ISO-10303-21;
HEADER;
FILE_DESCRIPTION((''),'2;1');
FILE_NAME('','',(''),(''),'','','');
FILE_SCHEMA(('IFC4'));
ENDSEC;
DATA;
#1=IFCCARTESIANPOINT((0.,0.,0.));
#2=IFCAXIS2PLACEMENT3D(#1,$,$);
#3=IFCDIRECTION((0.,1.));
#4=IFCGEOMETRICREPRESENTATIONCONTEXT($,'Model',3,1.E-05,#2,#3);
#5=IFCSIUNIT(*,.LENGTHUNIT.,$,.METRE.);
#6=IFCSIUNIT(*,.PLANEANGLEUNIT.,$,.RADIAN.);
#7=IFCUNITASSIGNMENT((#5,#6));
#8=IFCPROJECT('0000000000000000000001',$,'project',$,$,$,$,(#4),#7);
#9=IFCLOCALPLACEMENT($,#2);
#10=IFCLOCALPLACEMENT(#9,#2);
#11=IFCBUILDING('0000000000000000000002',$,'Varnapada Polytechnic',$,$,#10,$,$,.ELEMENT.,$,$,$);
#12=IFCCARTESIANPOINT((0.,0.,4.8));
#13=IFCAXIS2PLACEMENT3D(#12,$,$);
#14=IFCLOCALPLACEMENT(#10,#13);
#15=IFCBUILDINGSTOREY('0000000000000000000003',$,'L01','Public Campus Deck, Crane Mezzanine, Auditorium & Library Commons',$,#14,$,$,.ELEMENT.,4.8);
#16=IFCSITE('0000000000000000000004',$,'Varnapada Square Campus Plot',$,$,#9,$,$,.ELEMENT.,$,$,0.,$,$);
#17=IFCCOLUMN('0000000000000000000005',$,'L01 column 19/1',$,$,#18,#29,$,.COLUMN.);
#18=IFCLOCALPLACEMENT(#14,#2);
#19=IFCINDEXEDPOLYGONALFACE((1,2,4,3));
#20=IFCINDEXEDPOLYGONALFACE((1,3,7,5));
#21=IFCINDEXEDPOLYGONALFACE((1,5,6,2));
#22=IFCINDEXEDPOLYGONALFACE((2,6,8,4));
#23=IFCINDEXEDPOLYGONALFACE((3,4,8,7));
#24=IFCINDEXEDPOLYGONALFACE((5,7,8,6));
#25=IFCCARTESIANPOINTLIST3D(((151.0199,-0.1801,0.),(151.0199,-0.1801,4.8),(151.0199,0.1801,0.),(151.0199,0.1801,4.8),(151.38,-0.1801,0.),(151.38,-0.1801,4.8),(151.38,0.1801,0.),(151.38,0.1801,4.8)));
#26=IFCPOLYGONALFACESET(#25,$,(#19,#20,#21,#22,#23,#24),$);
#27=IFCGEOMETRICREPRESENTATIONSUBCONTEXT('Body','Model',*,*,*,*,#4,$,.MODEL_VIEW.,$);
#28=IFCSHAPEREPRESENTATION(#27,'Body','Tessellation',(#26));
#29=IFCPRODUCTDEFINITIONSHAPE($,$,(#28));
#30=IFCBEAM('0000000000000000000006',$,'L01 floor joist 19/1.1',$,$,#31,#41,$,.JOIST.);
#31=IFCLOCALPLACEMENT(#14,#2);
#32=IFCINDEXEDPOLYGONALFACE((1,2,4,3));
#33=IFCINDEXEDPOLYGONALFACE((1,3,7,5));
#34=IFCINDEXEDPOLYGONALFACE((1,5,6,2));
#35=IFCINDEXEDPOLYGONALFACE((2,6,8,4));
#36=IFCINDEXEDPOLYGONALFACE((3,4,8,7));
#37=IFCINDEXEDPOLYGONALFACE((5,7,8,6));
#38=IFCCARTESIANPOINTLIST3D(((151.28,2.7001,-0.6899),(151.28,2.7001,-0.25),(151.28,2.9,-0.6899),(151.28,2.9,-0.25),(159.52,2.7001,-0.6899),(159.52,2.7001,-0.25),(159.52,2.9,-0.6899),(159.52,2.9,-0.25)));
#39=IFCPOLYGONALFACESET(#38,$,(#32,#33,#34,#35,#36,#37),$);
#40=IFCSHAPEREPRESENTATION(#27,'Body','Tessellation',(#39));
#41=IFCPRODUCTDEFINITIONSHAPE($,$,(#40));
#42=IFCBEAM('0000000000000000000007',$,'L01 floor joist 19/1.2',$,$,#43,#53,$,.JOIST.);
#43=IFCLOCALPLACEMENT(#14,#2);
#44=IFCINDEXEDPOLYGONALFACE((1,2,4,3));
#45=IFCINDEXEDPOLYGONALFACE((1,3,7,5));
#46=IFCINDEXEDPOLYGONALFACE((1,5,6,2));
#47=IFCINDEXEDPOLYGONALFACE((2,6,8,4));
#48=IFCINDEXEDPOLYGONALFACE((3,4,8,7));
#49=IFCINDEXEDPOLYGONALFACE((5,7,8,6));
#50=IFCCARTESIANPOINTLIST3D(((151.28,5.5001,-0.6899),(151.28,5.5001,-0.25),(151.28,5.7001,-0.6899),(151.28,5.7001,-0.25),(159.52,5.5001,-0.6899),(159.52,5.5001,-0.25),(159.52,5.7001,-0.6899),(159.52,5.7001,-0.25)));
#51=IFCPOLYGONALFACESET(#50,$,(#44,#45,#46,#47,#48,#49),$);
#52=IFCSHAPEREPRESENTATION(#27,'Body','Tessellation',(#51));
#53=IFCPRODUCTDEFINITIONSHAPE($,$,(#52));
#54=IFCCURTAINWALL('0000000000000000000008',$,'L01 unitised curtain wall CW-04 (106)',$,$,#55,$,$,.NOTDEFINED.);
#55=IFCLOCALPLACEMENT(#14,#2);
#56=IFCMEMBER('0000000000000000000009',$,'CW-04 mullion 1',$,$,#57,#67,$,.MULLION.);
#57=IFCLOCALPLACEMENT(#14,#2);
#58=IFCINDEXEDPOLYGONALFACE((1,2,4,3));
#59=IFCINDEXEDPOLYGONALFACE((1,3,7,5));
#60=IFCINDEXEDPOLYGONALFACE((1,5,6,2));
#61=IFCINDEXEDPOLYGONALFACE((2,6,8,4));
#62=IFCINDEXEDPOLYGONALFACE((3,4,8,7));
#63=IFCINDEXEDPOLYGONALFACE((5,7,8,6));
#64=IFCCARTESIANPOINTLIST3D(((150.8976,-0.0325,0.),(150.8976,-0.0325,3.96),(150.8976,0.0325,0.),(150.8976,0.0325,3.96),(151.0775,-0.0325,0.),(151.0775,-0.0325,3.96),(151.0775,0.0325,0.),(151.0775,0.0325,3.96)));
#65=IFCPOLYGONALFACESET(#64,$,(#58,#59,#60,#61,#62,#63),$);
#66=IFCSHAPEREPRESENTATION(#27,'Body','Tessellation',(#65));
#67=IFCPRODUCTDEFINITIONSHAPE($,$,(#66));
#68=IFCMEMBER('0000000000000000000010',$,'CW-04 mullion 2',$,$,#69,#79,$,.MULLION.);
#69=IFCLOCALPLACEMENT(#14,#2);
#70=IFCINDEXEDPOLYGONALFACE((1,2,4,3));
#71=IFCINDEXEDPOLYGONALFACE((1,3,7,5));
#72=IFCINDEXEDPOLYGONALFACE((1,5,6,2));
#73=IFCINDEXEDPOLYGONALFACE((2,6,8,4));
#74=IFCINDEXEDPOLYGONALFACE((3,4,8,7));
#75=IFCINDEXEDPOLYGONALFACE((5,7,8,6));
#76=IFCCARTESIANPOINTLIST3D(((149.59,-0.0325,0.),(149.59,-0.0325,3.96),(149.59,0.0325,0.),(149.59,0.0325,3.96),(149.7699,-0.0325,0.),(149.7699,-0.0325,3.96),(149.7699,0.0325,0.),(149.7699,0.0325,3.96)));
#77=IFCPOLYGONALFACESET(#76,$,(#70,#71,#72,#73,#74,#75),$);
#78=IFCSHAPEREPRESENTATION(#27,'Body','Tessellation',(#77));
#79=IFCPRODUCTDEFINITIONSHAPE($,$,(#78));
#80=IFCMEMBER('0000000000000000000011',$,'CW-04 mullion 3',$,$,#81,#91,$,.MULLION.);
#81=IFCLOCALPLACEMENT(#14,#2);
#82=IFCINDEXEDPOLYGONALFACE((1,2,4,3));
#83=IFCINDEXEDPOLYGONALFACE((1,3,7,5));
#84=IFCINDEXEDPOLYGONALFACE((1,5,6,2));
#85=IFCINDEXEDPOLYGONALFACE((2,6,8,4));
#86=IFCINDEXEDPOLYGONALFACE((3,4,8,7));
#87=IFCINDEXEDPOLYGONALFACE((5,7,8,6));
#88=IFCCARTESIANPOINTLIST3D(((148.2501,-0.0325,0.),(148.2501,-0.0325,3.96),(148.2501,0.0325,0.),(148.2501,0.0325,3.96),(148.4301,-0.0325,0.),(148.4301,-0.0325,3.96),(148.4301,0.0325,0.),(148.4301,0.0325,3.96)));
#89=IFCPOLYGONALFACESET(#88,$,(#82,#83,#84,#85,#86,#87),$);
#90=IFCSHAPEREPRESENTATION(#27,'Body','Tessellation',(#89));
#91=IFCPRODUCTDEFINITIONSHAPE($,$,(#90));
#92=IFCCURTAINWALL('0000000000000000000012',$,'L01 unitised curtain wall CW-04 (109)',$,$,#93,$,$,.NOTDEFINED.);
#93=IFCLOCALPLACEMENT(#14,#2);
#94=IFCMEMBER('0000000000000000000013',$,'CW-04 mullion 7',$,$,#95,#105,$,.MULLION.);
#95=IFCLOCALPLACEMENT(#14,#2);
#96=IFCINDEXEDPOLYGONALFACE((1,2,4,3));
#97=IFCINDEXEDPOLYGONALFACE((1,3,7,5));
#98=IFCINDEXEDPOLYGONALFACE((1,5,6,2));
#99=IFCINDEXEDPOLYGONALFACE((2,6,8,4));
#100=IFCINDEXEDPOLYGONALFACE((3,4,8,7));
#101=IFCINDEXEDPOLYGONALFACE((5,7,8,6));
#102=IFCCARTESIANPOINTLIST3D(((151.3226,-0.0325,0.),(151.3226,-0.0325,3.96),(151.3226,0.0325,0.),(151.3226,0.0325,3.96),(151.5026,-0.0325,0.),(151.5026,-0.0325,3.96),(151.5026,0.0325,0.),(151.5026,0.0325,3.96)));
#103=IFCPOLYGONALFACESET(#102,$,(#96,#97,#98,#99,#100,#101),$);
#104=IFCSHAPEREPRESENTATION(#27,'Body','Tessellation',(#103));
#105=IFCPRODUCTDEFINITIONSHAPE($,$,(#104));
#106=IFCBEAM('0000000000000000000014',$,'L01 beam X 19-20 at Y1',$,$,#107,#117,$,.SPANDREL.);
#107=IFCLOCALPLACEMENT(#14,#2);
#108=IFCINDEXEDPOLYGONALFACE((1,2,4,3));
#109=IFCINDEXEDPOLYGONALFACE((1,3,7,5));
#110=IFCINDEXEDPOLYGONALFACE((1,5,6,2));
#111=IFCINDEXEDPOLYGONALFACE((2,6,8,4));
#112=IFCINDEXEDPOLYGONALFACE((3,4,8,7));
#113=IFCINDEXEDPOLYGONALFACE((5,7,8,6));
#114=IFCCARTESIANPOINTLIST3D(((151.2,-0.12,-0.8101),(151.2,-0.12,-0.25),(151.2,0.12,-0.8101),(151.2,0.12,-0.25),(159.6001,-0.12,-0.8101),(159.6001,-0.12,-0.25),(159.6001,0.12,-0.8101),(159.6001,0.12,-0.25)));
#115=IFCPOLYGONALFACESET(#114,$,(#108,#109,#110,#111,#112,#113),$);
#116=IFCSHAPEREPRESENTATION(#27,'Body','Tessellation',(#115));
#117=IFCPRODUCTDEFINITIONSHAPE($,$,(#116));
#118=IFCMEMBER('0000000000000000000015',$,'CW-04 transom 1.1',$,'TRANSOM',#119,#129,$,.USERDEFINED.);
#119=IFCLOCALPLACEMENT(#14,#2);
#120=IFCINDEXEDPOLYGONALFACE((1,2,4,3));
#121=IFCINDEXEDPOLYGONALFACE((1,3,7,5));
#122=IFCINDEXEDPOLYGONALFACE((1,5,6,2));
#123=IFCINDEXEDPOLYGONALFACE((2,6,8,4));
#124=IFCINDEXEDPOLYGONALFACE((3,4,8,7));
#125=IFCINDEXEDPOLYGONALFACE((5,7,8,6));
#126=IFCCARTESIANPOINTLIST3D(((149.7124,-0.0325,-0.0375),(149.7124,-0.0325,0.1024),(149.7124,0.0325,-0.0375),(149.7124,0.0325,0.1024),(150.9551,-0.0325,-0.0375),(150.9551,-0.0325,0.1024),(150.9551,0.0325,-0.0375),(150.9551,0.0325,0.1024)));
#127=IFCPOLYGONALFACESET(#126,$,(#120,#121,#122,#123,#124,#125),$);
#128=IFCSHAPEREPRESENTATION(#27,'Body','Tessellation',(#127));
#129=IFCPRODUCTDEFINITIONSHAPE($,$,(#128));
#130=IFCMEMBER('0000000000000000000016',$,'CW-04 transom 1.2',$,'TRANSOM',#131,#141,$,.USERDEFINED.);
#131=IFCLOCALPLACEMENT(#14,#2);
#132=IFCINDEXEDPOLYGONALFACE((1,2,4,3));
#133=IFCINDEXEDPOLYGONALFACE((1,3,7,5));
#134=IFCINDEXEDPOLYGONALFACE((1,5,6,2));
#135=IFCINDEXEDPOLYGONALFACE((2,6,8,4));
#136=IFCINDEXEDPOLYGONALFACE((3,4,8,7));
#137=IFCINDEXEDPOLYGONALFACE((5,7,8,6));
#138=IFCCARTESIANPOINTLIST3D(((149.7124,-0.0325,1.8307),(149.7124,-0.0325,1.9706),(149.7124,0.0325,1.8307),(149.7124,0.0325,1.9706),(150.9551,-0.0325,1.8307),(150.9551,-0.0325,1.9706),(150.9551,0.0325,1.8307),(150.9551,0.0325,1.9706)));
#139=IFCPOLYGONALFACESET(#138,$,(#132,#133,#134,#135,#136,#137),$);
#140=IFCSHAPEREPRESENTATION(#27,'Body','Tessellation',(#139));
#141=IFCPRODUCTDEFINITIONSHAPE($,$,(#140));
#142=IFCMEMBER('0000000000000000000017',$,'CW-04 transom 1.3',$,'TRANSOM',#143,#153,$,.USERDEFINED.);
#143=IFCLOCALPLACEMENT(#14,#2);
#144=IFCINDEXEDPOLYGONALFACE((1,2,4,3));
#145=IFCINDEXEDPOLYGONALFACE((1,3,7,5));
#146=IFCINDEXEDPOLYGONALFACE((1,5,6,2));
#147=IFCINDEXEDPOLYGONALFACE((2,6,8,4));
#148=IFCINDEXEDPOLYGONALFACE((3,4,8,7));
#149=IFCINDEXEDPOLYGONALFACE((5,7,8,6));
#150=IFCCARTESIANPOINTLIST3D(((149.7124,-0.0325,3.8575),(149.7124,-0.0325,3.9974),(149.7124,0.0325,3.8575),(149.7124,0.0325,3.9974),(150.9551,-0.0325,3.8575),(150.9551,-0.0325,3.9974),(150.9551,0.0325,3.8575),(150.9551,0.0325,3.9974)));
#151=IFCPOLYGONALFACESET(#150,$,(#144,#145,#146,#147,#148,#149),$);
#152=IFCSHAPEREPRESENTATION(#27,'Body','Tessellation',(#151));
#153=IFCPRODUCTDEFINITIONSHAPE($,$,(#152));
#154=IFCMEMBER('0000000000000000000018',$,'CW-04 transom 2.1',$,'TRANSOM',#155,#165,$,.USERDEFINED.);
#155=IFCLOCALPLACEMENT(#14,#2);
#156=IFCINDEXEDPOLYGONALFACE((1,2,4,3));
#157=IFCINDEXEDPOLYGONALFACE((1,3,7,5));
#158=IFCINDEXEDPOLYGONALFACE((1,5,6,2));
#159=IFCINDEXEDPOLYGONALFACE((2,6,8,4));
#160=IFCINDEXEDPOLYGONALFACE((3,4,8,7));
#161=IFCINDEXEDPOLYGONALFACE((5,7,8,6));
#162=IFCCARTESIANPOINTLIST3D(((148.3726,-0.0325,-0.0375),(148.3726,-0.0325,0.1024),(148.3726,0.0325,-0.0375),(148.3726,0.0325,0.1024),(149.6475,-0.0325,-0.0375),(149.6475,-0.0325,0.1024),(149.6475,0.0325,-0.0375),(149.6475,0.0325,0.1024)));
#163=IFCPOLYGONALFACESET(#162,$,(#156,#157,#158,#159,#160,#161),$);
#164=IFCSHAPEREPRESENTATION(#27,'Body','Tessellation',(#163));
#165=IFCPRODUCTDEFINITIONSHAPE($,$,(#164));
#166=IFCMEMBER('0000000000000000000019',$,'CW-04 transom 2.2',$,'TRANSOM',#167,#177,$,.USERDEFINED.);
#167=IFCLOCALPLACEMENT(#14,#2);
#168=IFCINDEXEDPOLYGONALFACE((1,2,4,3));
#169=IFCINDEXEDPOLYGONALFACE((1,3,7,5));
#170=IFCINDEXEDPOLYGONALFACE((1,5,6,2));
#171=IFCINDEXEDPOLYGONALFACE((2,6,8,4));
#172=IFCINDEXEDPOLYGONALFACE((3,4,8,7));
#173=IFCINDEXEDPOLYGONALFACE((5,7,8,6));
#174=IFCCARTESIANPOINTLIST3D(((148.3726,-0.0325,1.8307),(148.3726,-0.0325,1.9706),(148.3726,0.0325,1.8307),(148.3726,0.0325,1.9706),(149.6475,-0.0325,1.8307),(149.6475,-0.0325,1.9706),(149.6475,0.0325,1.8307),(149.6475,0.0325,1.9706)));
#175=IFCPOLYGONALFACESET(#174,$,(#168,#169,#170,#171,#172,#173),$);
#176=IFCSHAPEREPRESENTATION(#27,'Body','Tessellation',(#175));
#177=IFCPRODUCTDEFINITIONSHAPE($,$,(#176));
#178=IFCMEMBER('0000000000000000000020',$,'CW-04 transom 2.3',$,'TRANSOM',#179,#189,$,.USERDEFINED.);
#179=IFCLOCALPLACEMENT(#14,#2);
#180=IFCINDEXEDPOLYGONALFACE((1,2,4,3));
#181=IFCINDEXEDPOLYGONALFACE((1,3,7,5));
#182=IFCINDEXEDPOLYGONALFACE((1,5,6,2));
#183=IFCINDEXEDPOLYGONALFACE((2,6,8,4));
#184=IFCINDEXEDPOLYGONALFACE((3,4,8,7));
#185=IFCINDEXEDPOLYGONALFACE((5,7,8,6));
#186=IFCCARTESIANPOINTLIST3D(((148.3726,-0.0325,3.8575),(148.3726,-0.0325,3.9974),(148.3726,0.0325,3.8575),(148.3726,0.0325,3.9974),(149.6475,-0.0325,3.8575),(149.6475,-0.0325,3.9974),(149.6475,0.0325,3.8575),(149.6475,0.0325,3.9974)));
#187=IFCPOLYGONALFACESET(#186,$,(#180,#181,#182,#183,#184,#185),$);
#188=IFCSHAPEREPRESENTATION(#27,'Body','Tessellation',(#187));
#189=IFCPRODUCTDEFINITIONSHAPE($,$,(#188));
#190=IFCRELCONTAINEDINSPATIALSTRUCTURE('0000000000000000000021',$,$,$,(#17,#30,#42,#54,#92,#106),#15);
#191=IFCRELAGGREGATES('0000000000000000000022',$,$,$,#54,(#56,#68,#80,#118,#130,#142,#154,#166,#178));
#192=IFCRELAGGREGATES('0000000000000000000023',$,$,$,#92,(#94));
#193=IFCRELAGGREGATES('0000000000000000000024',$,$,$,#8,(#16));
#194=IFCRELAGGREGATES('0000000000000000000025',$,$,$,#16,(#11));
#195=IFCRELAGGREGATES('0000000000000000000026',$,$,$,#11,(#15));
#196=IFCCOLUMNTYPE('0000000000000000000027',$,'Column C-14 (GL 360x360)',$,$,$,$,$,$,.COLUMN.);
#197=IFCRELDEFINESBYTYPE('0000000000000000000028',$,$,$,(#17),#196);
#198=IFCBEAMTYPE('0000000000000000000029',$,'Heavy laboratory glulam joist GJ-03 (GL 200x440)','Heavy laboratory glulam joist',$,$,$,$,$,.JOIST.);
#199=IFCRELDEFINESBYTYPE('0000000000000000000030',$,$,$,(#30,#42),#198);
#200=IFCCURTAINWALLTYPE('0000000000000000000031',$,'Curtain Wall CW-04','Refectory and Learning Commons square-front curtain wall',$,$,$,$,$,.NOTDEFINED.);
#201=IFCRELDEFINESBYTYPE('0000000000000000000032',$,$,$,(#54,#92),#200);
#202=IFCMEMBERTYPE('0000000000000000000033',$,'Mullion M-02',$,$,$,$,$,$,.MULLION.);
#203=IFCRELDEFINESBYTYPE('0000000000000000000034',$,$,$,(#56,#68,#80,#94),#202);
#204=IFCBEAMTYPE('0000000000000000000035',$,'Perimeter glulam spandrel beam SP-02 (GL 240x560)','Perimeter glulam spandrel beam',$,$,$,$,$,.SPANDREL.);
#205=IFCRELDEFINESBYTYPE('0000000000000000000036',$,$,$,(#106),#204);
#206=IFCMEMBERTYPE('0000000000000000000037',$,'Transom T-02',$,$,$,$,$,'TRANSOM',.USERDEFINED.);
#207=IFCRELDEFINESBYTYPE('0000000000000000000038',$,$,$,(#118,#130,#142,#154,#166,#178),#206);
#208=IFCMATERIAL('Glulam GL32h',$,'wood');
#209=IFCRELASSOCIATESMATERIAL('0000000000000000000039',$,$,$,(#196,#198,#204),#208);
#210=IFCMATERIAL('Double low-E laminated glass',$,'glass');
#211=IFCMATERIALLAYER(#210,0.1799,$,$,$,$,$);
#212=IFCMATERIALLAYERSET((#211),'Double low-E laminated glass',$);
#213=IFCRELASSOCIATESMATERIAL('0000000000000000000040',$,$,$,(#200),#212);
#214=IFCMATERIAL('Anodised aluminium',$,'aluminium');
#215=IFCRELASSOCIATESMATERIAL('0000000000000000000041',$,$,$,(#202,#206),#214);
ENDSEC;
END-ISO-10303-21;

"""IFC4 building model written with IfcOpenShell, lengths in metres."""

from ifc_helpers import new_model, si_unit, direction, frame, origin, origin_2d, place, context, subcontext, project, spatial, rectangle, extrude, material, layer, layer_set, material_profile, profile_set, type_object, element, aggregate, save


model = new_model("IFC4")

# Units and contexts
model_context = context("Model", 3, precision=1e-05, world=origin(), true_north=direction((0.0, 1.0)))
body_context = subcontext(model_context, "Body", "Model", "MODEL_VIEW")
ifc_project = project(units=[si_unit("LENGTHUNIT", "METRE"), si_unit("PLANEANGLEUNIT", "RADIAN")], contexts=[model_context])

# Site, building, storey
site_placement = place(None, origin())
site = spatial("IfcSite", under=ifc_project, at=site_placement, Name="Varnapada Square Campus Plot", CompositionType="ELEMENT", RefElevation=0.0)
building_placement = place(site_placement, origin())
building = spatial("IfcBuilding", under=site, at=building_placement, Name="Varnapada Polytechnic", CompositionType="ELEMENT")
storey_placement = place(building_placement, frame((0.0, 0.0, 4.8)))
storey = spatial("IfcBuildingStorey", under=building, at=storey_placement, Name="L01", Description="Public Campus Deck, Crane Mezzanine, Auditorium & Library Commons", CompositionType="ELEMENT", Elevation=4.8)

# Column
ifc_material_1 = material(Name="Glulam GL32h", Category="wood")
ifc_material_profile_1 = material_profile(ifc_material_1, rectangle(XDim=0.3601, YDim=0.3601, at=origin_2d()), Name="GL 360x360")
ifc_profile_set_1 = profile_set([ifc_material_profile_1], Name="Glulam GL32h")
column_type = type_object("IfcColumnType", Name="Column C-14 (GL 360x360)", PredefinedType="COLUMN", material=ifc_profile_set_1)
column_placement = place(storey_placement, frame((151.2, 0.0, 0.0), z_axis=(0.0, 0.0, 1.0), x_axis=(1.0, 0.0, 0.0)))
element("IfcColumn", 1, at=column_placement, inside=storey, type_object=column_type, Name="L01 column 19/1", PredefinedType="COLUMN", context=body_context, shape_type="SweptSolid", body=[
    extrude(rectangle(XDim=0.3601, YDim=0.3601, at=origin_2d()), origin(), (0.0, 0.0, 1.0), 4.8),
])

# Beams
ifc_material_profile_2 = material_profile(ifc_material_1, rectangle(XDim=0.2, YDim=0.4399, at=origin_2d()), Name="GL 200x440")
ifc_profile_set_2 = profile_set([ifc_material_profile_2], Name="Glulam GL32h")
beam_type_1 = type_object("IfcBeamType", Name="Heavy laboratory glulam joist GJ-03 (GL 200x440)", Description="Heavy laboratory glulam joist", PredefinedType="JOIST", material=ifc_profile_set_2)
for number, where, z_axis, x_axis, name in (
    (2, (151.28, 2.8, -0.47), (1.0, 0.0, 0.0), (0.0, 1.0, 0.0), "L01 floor joist 19/1.1"),
    (3, (151.28, 5.6001, -0.47), (1.0, 0.0, 0.0), (0.0, 1.0, 0.0), "L01 floor joist 19/1.2"),
):
    element("IfcBeam", number, at=place(storey_placement, frame(where, z_axis=z_axis, x_axis=x_axis)), inside=storey, type_object=beam_type_1, Name=name, PredefinedType="JOIST", context=body_context, shape_type="SweptSolid", body=[
        extrude(rectangle(XDim=0.2, YDim=0.4399, at=origin_2d()), origin(), (0.0, 0.0, 1.0), 8.24),
    ])

# Curtain wall, members
ifc_material_2 = material(Name="Double low-E laminated glass", Category="glass")
ifc_layer_1 = layer(ifc_material_2, 0.1799)
ifc_layer_set_1 = layer_set([ifc_layer_1], Name="Double low-E laminated glass")
curtain_wall_type = type_object("IfcCurtainWallType", Name="Curtain Wall CW-04", Description="Refectory and Learning Commons square-front curtain wall", PredefinedType="NOTDEFINED", material=ifc_layer_set_1)
curtain_wall_1_placement = place(storey_placement, origin())
curtain_wall_1 = element("IfcCurtainWall", 4, at=curtain_wall_1_placement, inside=storey, type_object=curtain_wall_type, Name="L01 unitised curtain wall CW-04 (106)", PredefinedType="NOTDEFINED")
ifc_material_3 = material(Name="Anodised aluminium", Category="aluminium")
ifc_material_profile_3 = material_profile(ifc_material_3, rectangle(XDim=0.0649, YDim=0.1799, at=origin_2d()), Name="ALU M65x180")
ifc_profile_set_3 = profile_set([ifc_material_profile_3], Name="Anodised aluminium")
member_type_1 = type_object("IfcMemberType", Name="Mullion M-02", PredefinedType="MULLION", material=ifc_profile_set_3)
member_1_placement = place(storey_placement, frame((150.9875, 0.0, 0.0), z_axis=(0.0, 0.0, 1.0), x_axis=(0.0, -1.0, 0.0)))
member_1 = element("IfcMember", 5, at=member_1_placement, type_object=member_type_1, Name="CW-04 mullion 1", PredefinedType="MULLION", context=body_context, shape_type="SweptSolid", body=[
    extrude(rectangle(XDim=0.0649, YDim=0.1799, at=origin_2d()), origin(), (0.0, 0.0, 1.0), 3.96),
])
member_2_placement = place(storey_placement, frame((149.6799, 0.0, 0.0), z_axis=(0.0, 0.0, 1.0), x_axis=(0.0, -1.0, 0.0)))
member_2 = element("IfcMember", 6, at=member_2_placement, type_object=member_type_1, Name="CW-04 mullion 2", PredefinedType="MULLION", context=body_context, shape_type="SweptSolid", body=[
    extrude(rectangle(XDim=0.0649, YDim=0.1799, at=origin_2d()), origin(), (0.0, 0.0, 1.0), 3.96),
])
member_3_placement = place(storey_placement, frame((148.3401, 0.0, 0.0), z_axis=(0.0, 0.0, 1.0), x_axis=(0.0, -1.0, 0.0)))
member_3 = element("IfcMember", 7, at=member_3_placement, type_object=member_type_1, Name="CW-04 mullion 3", PredefinedType="MULLION", context=body_context, shape_type="SweptSolid", body=[
    extrude(rectangle(XDim=0.0649, YDim=0.1799, at=origin_2d()), origin(), (0.0, 0.0, 1.0), 3.96),
])

# Curtain wall, member
curtain_wall_2_placement = place(storey_placement, origin())
curtain_wall_2 = element("IfcCurtainWall", 8, at=curtain_wall_2_placement, inside=storey, type_object=curtain_wall_type, Name="L01 unitised curtain wall CW-04 (109)", PredefinedType="NOTDEFINED")
member_4_placement = place(storey_placement, frame((151.4126, 0.0, 0.0), z_axis=(0.0, 0.0, 1.0), x_axis=(0.0, -1.0, 0.0)))
member_4 = element("IfcMember", 9, at=member_4_placement, type_object=member_type_1, Name="CW-04 mullion 7", PredefinedType="MULLION", context=body_context, shape_type="SweptSolid", body=[
    extrude(rectangle(XDim=0.0649, YDim=0.1799, at=origin_2d()), origin(), (0.0, 0.0, 1.0), 3.96),
])

# Beam
ifc_material_profile_4 = material_profile(ifc_material_1, rectangle(XDim=0.24, YDim=0.5601, at=origin_2d()), Name="GL 240x560")
ifc_profile_set_4 = profile_set([ifc_material_profile_4], Name="Glulam GL32h")
beam_type_2 = type_object("IfcBeamType", Name="Perimeter glulam spandrel beam SP-02 (GL 240x560)", Description="Perimeter glulam spandrel beam", PredefinedType="SPANDREL", material=ifc_profile_set_4)
beam_1_placement = place(storey_placement, frame((151.2, 0.0, -0.53), z_axis=(1.0, 0.0, 0.0), x_axis=(0.0, 1.0, 0.0)))
element("IfcBeam", 10, at=beam_1_placement, inside=storey, type_object=beam_type_2, Name="L01 beam X 19-20 at Y1", PredefinedType="SPANDREL", context=body_context, shape_type="SweptSolid", body=[
    extrude(rectangle(XDim=0.24, YDim=0.5601, at=origin_2d()), origin(), (0.0, 0.0, 1.0), 8.4001),
])

# Members
ifc_material_profile_5 = material_profile(ifc_material_3, rectangle(XDim=0.0649, YDim=0.1399, at=origin_2d()), Name="ALU T65x140")
ifc_profile_set_5 = profile_set([ifc_material_profile_5], Name="Anodised aluminium")
member_type_2 = type_object("IfcMemberType", Name="Transom T-02", ElementType="TRANSOM", PredefinedType="USERDEFINED", material=ifc_profile_set_5)
member_5_placement = place(storey_placement, frame((150.9551, 0.0, 0.0325), z_axis=(-1.0, 0.0, 0.0), x_axis=(0.0, -1.0, 0.0)))
member_5 = element("IfcMember", 11, at=member_5_placement, type_object=member_type_2, Name="CW-04 transom 1.1", ObjectType="TRANSOM", PredefinedType="USERDEFINED", context=body_context, shape_type="SweptSolid", body=[
    extrude(rectangle(XDim=0.0649, YDim=0.1399, at=origin_2d()), origin(), (0.0, 0.0, 1.0), 1.2427),
])
member_6_placement = place(storey_placement, frame((150.9551, 0.0, 1.9006), z_axis=(-1.0, 0.0, 0.0), x_axis=(0.0, -1.0, 0.0)))
member_6 = element("IfcMember", 12, at=member_6_placement, type_object=member_type_2, Name="CW-04 transom 1.2", ObjectType="TRANSOM", PredefinedType="USERDEFINED", context=body_context, shape_type="SweptSolid", body=[
    extrude(rectangle(XDim=0.0649, YDim=0.1399, at=origin_2d()), origin(), (0.0, 0.0, 1.0), 1.2427),
])
member_7_placement = place(storey_placement, frame((150.9551, 0.0, 3.9275), z_axis=(-1.0, 0.0, 0.0), x_axis=(0.0, -1.0, 0.0)))
member_7 = element("IfcMember", 13, at=member_7_placement, type_object=member_type_2, Name="CW-04 transom 1.3", ObjectType="TRANSOM", PredefinedType="USERDEFINED", context=body_context, shape_type="SweptSolid", body=[
    extrude(rectangle(XDim=0.0649, YDim=0.1399, at=origin_2d()), origin(), (0.0, 0.0, 1.0), 1.2427),
])
member_8_placement = place(storey_placement, frame((149.6475, 0.0, 0.0325), z_axis=(-1.0, 0.0, 0.0), x_axis=(0.0, -1.0, 0.0)))
member_8 = element("IfcMember", 14, at=member_8_placement, type_object=member_type_2, Name="CW-04 transom 2.1", ObjectType="TRANSOM", PredefinedType="USERDEFINED", context=body_context, shape_type="SweptSolid", body=[
    extrude(rectangle(XDim=0.0649, YDim=0.1399, at=origin_2d()), origin(), (0.0, 0.0, 1.0), 1.2749),
])
member_9_placement = place(storey_placement, frame((149.6475, 0.0, 1.9006), z_axis=(-1.0, 0.0, 0.0), x_axis=(0.0, -1.0, 0.0)))
member_9 = element("IfcMember", 15, at=member_9_placement, type_object=member_type_2, Name="CW-04 transom 2.2", ObjectType="TRANSOM", PredefinedType="USERDEFINED", context=body_context, shape_type="SweptSolid", body=[
    extrude(rectangle(XDim=0.0649, YDim=0.1399, at=origin_2d()), origin(), (0.0, 0.0, 1.0), 1.2749),
])
member_10_placement = place(storey_placement, frame((149.6475, 0.0, 3.9275), z_axis=(-1.0, 0.0, 0.0), x_axis=(0.0, -1.0, 0.0)))
member_10 = element("IfcMember", 16, at=member_10_placement, type_object=member_type_2, Name="CW-04 transom 2.3", ObjectType="TRANSOM", PredefinedType="USERDEFINED", context=body_context, shape_type="SweptSolid", body=[
    extrude(rectangle(XDim=0.0649, YDim=0.1399, at=origin_2d()), origin(), (0.0, 0.0, 1.0), 1.2749),
])

aggregate(curtain_wall_1, [member_1, member_2, member_3, member_5, member_6, member_7, member_8, member_9, member_10])
aggregate(curtain_wall_2, [member_4])

save(model, "model.ifc")
